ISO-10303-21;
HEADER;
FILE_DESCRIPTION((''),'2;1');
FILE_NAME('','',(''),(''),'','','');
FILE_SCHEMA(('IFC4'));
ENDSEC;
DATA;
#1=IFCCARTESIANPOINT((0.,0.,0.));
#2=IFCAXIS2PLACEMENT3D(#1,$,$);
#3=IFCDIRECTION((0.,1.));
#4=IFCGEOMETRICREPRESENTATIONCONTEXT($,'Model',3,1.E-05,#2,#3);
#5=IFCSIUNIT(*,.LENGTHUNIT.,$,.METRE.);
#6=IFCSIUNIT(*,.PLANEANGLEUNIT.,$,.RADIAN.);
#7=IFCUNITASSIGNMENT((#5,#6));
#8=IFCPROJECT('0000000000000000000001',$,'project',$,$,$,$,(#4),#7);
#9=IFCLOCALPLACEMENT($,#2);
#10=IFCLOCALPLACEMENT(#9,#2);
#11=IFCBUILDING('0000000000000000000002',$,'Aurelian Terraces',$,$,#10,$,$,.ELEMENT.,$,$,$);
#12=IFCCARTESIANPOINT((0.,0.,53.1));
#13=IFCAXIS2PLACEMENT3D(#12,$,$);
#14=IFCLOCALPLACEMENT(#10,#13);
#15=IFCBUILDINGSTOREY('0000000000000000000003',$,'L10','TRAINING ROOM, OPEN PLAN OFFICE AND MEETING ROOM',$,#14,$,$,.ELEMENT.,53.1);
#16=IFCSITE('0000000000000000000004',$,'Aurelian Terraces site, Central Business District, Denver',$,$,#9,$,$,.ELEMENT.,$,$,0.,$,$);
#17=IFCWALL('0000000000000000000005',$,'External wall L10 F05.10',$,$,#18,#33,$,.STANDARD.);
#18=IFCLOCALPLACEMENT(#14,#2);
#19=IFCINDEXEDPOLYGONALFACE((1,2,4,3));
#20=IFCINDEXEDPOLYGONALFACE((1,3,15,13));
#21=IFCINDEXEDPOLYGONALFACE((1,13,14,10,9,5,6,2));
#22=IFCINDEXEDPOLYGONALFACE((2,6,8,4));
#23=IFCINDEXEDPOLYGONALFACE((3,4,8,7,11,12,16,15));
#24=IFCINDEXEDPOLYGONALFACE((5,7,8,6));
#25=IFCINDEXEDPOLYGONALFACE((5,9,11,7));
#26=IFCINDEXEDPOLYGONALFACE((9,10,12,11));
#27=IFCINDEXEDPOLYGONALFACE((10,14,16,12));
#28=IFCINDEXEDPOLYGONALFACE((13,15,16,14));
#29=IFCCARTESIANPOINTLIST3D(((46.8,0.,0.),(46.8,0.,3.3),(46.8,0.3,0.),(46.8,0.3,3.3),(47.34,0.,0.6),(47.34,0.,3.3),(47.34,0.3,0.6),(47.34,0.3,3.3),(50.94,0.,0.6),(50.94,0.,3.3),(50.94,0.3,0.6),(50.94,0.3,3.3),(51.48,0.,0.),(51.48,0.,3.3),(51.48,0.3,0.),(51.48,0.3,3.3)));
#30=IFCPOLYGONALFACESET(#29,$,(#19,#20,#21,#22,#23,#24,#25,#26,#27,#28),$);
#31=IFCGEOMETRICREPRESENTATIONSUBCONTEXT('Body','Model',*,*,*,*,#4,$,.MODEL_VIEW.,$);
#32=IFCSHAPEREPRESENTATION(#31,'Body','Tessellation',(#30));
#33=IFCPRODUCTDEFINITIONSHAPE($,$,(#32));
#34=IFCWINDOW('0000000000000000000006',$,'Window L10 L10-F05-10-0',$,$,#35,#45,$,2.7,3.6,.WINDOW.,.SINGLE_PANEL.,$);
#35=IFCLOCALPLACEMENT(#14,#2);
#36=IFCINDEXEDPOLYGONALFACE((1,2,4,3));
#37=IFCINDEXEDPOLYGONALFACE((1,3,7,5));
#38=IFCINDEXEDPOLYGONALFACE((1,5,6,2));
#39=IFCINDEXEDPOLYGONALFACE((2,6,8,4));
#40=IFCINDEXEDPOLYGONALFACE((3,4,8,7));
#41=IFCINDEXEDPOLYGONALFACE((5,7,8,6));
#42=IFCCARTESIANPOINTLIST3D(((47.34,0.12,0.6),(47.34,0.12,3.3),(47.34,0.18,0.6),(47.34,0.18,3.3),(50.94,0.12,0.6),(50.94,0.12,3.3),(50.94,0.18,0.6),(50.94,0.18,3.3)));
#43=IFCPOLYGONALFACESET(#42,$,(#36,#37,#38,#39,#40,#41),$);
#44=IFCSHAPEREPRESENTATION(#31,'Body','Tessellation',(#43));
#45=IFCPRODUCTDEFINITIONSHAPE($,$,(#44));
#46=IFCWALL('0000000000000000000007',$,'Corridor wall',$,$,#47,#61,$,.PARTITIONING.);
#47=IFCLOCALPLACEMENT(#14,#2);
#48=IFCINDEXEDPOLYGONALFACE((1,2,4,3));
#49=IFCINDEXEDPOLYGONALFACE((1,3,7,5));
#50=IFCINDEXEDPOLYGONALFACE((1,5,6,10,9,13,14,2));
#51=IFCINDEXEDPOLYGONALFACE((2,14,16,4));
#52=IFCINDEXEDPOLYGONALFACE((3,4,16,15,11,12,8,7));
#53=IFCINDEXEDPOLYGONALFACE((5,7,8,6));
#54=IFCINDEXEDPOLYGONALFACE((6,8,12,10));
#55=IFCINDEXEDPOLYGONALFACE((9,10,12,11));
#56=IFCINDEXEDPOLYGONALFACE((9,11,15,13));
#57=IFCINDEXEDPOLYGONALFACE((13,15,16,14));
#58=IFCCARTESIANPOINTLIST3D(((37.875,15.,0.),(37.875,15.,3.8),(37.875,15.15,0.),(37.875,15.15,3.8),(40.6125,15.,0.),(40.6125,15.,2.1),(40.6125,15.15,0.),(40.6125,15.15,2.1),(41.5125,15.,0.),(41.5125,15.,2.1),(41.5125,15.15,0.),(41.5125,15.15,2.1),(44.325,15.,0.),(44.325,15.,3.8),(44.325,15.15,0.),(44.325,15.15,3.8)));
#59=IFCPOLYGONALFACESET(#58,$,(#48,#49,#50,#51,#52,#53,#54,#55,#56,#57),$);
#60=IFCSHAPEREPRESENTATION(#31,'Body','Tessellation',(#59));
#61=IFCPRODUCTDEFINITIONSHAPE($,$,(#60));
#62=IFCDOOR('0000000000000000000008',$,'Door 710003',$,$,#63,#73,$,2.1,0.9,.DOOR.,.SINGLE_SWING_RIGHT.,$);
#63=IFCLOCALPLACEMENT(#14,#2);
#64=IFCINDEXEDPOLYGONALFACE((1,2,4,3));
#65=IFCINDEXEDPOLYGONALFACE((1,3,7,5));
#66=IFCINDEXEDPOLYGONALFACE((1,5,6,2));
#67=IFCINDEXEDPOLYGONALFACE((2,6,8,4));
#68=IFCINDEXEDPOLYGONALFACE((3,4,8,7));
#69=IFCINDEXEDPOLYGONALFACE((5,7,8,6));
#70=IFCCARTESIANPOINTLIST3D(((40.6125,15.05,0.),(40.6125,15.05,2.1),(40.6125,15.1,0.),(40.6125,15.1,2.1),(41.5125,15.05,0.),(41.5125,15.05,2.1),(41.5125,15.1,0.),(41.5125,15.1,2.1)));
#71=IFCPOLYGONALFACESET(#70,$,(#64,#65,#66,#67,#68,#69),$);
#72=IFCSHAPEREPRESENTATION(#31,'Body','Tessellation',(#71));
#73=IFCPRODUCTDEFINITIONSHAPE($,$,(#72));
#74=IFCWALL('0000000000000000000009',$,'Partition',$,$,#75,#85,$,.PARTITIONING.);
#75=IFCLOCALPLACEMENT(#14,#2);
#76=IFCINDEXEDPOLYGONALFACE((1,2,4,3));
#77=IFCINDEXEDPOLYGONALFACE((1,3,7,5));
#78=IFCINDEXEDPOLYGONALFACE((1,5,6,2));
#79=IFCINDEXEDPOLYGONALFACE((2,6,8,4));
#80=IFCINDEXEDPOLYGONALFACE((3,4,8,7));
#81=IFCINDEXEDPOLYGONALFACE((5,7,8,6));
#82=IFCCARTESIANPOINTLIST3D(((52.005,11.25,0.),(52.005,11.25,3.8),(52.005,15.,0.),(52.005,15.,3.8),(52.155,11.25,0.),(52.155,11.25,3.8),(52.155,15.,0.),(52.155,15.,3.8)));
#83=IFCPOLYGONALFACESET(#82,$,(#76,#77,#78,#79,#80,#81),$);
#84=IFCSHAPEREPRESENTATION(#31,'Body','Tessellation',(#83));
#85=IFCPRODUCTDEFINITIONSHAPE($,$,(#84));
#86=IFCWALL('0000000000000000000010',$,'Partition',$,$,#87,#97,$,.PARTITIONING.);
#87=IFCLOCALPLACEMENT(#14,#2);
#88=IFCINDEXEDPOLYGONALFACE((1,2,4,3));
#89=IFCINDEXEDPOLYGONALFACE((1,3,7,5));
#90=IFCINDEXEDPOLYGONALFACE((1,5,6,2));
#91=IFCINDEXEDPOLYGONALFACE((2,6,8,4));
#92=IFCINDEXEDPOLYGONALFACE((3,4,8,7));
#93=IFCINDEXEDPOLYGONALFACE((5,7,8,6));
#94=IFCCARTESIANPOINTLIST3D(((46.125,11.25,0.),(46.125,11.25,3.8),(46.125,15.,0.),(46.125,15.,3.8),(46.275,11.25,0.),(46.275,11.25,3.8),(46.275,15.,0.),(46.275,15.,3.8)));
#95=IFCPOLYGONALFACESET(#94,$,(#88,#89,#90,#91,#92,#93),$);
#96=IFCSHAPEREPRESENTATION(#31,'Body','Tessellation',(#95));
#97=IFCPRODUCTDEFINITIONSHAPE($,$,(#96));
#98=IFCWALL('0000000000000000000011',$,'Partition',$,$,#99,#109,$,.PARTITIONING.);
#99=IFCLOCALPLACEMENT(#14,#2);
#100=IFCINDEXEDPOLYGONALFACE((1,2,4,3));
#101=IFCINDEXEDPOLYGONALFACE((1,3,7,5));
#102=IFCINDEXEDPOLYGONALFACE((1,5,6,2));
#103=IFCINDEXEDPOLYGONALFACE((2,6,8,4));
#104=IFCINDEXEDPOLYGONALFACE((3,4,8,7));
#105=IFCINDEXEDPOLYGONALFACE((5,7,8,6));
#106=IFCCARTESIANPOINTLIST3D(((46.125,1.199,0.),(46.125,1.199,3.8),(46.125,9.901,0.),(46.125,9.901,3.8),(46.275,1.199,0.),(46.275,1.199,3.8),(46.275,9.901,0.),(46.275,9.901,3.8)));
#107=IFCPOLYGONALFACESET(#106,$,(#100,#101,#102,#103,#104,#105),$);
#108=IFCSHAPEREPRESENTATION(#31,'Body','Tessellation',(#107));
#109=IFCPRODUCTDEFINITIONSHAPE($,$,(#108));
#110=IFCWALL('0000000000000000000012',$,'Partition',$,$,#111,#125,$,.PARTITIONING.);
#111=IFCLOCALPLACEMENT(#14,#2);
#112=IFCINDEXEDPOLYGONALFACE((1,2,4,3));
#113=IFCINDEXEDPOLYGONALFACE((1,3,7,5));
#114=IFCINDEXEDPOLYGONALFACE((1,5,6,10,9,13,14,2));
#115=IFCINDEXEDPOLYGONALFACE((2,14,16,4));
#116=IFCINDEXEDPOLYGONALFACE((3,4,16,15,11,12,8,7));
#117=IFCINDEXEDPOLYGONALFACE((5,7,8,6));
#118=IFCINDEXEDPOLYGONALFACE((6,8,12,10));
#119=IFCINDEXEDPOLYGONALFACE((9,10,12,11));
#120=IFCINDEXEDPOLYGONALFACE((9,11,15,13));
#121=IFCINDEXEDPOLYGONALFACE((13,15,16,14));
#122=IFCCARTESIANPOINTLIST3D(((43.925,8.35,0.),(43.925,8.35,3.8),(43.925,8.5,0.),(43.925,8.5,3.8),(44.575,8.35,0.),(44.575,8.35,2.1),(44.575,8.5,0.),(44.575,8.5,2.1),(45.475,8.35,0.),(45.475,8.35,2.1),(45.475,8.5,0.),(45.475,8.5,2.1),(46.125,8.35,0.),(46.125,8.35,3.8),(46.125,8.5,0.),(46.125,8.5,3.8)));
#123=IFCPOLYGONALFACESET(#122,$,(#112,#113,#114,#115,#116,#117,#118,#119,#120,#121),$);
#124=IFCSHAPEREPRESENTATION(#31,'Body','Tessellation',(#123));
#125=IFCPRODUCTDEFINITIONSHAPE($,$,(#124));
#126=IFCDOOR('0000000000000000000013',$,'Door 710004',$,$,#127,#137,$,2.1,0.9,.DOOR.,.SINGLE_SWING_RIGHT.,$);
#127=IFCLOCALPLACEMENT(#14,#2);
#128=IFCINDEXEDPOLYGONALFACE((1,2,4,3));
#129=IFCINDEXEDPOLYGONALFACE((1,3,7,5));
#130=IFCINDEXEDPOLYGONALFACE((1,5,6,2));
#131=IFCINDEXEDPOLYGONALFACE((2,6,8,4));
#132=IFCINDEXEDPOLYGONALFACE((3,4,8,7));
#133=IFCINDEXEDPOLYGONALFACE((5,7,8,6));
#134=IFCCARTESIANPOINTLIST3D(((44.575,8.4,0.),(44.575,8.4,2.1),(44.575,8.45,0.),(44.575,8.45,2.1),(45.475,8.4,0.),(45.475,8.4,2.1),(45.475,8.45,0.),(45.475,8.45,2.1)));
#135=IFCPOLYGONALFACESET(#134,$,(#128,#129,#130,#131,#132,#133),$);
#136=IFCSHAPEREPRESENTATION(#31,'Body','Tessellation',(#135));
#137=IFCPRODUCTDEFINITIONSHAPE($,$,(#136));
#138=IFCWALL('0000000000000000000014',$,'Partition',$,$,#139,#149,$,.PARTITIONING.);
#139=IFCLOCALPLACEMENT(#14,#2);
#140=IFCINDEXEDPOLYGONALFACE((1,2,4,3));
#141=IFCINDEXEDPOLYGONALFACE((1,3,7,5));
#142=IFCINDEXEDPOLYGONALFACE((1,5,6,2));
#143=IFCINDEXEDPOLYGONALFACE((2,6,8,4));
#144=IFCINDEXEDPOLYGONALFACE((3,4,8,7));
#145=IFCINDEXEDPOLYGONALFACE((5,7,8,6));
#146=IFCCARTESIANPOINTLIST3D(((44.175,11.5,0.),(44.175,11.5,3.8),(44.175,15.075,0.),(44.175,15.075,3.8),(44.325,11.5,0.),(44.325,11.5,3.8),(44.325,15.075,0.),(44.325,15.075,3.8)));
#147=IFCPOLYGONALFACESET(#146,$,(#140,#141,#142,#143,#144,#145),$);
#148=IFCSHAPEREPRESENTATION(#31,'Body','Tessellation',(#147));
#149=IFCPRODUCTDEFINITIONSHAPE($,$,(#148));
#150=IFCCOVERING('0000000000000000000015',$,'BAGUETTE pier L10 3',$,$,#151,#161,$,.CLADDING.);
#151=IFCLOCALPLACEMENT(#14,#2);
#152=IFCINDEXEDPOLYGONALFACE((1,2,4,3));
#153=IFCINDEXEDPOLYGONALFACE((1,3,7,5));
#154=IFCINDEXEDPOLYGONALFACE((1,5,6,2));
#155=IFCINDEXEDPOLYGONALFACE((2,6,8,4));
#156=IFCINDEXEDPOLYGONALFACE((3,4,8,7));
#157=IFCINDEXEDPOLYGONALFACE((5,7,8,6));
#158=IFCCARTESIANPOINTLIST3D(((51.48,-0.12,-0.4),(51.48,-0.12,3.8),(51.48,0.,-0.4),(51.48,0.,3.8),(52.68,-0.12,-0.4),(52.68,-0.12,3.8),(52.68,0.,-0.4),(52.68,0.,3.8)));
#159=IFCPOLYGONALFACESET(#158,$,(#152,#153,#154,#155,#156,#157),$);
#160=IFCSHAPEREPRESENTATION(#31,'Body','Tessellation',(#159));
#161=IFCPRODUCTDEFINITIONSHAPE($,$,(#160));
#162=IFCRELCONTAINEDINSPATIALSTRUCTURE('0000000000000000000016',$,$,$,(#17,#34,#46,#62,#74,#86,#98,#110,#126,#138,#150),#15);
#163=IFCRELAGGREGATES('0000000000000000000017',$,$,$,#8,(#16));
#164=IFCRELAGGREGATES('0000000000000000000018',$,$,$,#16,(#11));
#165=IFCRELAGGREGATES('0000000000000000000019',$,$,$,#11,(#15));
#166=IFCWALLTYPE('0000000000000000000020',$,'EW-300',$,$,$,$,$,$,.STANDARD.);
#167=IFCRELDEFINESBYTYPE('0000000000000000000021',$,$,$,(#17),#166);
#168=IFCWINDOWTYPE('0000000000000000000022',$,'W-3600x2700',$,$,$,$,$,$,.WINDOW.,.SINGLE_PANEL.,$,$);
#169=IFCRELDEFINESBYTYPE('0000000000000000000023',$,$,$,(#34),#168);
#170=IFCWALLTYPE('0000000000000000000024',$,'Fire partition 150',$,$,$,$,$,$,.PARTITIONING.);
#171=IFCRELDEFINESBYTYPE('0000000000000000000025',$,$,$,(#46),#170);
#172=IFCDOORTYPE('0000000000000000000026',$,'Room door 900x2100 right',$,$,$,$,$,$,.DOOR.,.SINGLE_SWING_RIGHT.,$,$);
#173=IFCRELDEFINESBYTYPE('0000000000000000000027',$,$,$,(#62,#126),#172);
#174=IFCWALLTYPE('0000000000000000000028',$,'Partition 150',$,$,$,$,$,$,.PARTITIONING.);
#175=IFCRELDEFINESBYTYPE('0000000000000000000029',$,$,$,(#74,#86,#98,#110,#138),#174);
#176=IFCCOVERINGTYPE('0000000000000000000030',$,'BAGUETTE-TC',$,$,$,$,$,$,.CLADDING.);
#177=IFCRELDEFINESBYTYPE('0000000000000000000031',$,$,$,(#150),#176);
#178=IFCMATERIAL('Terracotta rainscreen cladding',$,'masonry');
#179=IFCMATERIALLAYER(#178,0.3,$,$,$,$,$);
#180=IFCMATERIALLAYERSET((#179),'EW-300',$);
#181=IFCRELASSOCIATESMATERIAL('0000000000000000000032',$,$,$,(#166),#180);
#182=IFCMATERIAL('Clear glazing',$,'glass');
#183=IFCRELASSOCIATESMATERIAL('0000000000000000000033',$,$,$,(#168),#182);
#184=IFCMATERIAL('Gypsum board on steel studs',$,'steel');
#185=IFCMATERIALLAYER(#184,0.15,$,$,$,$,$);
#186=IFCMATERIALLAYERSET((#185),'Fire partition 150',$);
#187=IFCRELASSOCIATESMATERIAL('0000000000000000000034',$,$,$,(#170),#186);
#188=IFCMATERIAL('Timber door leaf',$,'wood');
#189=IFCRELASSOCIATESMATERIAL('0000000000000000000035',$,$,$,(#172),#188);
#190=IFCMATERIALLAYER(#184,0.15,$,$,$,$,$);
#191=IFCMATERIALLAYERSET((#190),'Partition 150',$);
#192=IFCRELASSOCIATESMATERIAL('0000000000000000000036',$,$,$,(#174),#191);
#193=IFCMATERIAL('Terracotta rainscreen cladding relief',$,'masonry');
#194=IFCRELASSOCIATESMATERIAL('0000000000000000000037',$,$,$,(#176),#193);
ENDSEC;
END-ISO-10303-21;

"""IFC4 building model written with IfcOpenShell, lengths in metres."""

from ifc_helpers import new_model, si_unit, direction, frame, frame_2d, origin, origin_2d, place, context, subcontext, project, spatial, rectangle, extrude, source, transform, mapped, material, layer, layer_set, type_object, element, fill, save


model = new_model("IFC4")

# Units and contexts
model_context = context("Model", 3, precision=1e-05, world=origin(), true_north=direction((0.0, 1.0)))
body_context = subcontext(model_context, "Body", "Model", "MODEL_VIEW")
ifc_project = project(units=[si_unit("LENGTHUNIT", "METRE"), si_unit("PLANEANGLEUNIT", "RADIAN")], contexts=[model_context])

# Site, building, storey
site_placement = place(None, origin())
site = spatial("IfcSite", under=ifc_project, at=site_placement, Name="Aurelian Terraces site, Central Business District, Denver", CompositionType="ELEMENT", RefElevation=0.0)
building_placement = place(site_placement, origin())
building = spatial("IfcBuilding", under=site, at=building_placement, Name="Aurelian Terraces", CompositionType="ELEMENT")
storey_placement = place(building_placement, frame((0.0, 0.0, 53.1)))
storey = spatial("IfcBuildingStorey", under=building, at=storey_placement, Name="L10", Description="TRAINING ROOM, OPEN PLAN OFFICE AND MEETING ROOM", CompositionType="ELEMENT", Elevation=53.1)

# Wall, opening, window
ifc_material_1 = material(Name="Terracotta rainscreen cladding", Category="masonry")
ifc_layer_1 = layer(ifc_material_1, 0.3)
ifc_layer_set_1 = layer_set([ifc_layer_1], Name="EW-300")
wall_type_1 = type_object("IfcWallType", Name="EW-300", PredefinedType="STANDARD", material=ifc_layer_set_1)
shared_shape_1 = source(origin(), body_context, "Body", "SweptSolid", [
    extrude(rectangle(XDim=3.6, YDim=2.7, at=frame_2d((1.8, 1.35))), frame((0.0, 0.16, 0.0), z_axis=(0.0, -1.0, 0.0), x_axis=(1.0, 0.0, 0.0)), (0.0, 0.0, 1.0), 0.32),
])
ifc_material_2 = material(Name="Clear glazing", Category="glass")
window_type = type_object("IfcWindowType", Name="W-3600x2700", PartitioningType="SINGLE_PANEL", PredefinedType="WINDOW", material=ifc_material_2)
shared_shape_2 = source(origin(), body_context, "Body", "SweptSolid", [
    extrude(rectangle(XDim=3.6, YDim=2.7, at=frame_2d((1.8, 1.35))), frame((0.0, 0.03, 0.0), z_axis=(0.0, -1.0, 0.0), x_axis=(1.0, 0.0, 0.0)), (0.0, 0.0, 1.0), 0.06),
])
shared_shape_3 = source(origin(), body_context, "Body", "SweptSolid", [
    extrude(rectangle(XDim=4.68, YDim=0.3, at=frame_2d((2.34, 0.0))), origin(), (0.0, 0.0, 1.0), 3.3),
])
wall_1_placement = place(storey_placement, frame((46.8, 0.15, 0.0), z_axis=(0.0, 0.0, 1.0), x_axis=(1.0, 0.0, 0.0)))
wall_1 = element("IfcWall", 1, at=wall_1_placement, inside=storey, type_object=wall_type_1, Name="External wall L10 F05.10", PredefinedType="STANDARD", context=body_context, shape_type="MappedRepresentation", body=[
    mapped(shared_shape_3, transform((0.0, 0.0, 0.0), scale=1.0)),
])
opening_1_placement = place(wall_1_placement, frame((0.54, 0.0, 0.6)))
opening_1 = element("IfcOpeningElement", 2, at=opening_1_placement, cuts=wall_1, PredefinedType="OPENING", context=body_context, shape_type="MappedRepresentation", body=[
    mapped(shared_shape_1, transform((0.0, 0.0, 0.0), scale=1.0)),
])
window_1_placement = place(opening_1_placement, origin())
window_1 = element("IfcWindow", 3, at=window_1_placement, inside=storey, type_object=window_type, Name="Window L10 L10-F05-10-0", OverallHeight=2.7, OverallWidth=3.6, PartitioningType="SINGLE_PANEL", PredefinedType="WINDOW", context=body_context, shape_type="MappedRepresentation", body=[
    mapped(shared_shape_2, transform((0.0, 0.0, 0.0), scale=1.0)),
])
fill(opening_1, window_1)

# Wall, opening, door
ifc_material_3 = material(Name="Gypsum board on steel studs", Category="steel")
ifc_layer_2 = layer(ifc_material_3, 0.15)
ifc_layer_set_2 = layer_set([ifc_layer_2], Name="Fire partition 150")
wall_type_2 = type_object("IfcWallType", Name="Fire partition 150", PredefinedType="PARTITIONING", material=ifc_layer_set_2)
shared_shape_4 = source(origin(), body_context, "Body", "SweptSolid", [
    extrude(rectangle(XDim=6.45, YDim=0.15, at=frame_2d((3.225, 0.0))), origin(), (0.0, 0.0, 1.0), 3.8),
])
wall_2_placement = place(storey_placement, frame((44.325, 15.075, 0.0), z_axis=(0.0, 0.0, 1.0), x_axis=(-1.0, 0.0, 0.0)))
wall_2 = element("IfcWall", 4, at=wall_2_placement, inside=storey, type_object=wall_type_2, Name="Corridor wall", PredefinedType="PARTITIONING", context=body_context, shape_type="MappedRepresentation", body=[
    mapped(shared_shape_4, transform((0.0, 0.0, 0.0), scale=1.0)),
])
shared_shape_5 = source(origin(), body_context, "Body", "SweptSolid", [
    extrude(rectangle(XDim=0.9, YDim=2.1, at=frame_2d((0.45, 1.05))), frame((0.0, 0.085, 0.0), z_axis=(0.0, -1.0, 0.0), x_axis=(1.0, 0.0, 0.0)), (0.0, 0.0, 1.0), 0.17),
])
opening_2_placement = place(wall_2_placement, frame((2.8125, 0.0, 0.0)))
opening_2 = element("IfcOpeningElement", 5, at=opening_2_placement, cuts=wall_2, PredefinedType="OPENING", context=body_context, shape_type="MappedRepresentation", body=[
    mapped(shared_shape_5, transform((0.0, 0.0, 0.0), scale=1.0)),
])
ifc_material_4 = material(Name="Timber door leaf", Category="wood")
door_type = type_object("IfcDoorType", Name="Room door 900x2100 right", OperationType="SINGLE_SWING_RIGHT", PredefinedType="DOOR", material=ifc_material_4)
shared_shape_6 = source(origin(), body_context, "Body", "SweptSolid", [
    extrude(rectangle(XDim=0.9, YDim=2.1, at=frame_2d((0.45, 1.05))), frame((0.0, 0.025, 0.0), z_axis=(0.0, -1.0, 0.0), x_axis=(1.0, 0.0, 0.0)), (0.0, 0.0, 1.0), 0.05),
])
door_1_placement = place(opening_2_placement, origin())
door_1 = element("IfcDoor", 6, at=door_1_placement, inside=storey, type_object=door_type, Name="Door 710003", OperationType="SINGLE_SWING_RIGHT", OverallHeight=2.1, OverallWidth=0.9, PredefinedType="DOOR", context=body_context, shape_type="MappedRepresentation", body=[
    mapped(shared_shape_6, transform((0.0, 0.0, 0.0), scale=1.0)),
])
fill(opening_2, door_1)

# Walls
ifc_layer_3 = layer(ifc_material_3, 0.15)
ifc_layer_set_3 = layer_set([ifc_layer_3], Name="Partition 150")
wall_type_3 = type_object("IfcWallType", Name="Partition 150", PredefinedType="PARTITIONING", material=ifc_layer_set_3)
shared_shape_7 = source(origin(), body_context, "Body", "SweptSolid", [
    extrude(rectangle(XDim=3.75, YDim=0.15, at=frame_2d((1.875, 0.0))), origin(), (0.0, 0.0, 1.0), 3.8),
])
for number, where, z_axis, x_axis, name in (
    (7, (52.08, 11.25, 0.0), (0.0, 0.0, 1.0), (0.0, 1.0, 0.0), "Partition"),
    (8, (46.2, 11.25, 0.0), (0.0, 0.0, 1.0), (0.0, 1.0, 0.0), "Partition"),
):
    element("IfcWall", number, at=place(storey_placement, frame(where, z_axis=z_axis, x_axis=x_axis)), inside=storey, type_object=wall_type_3, Name=name, PredefinedType="PARTITIONING", context=body_context, shape_type="MappedRepresentation", body=[
        mapped(shared_shape_7, transform((0.0, 0.0, 0.0), scale=1.0)),
    ])
shared_shape_8 = source(origin(), body_context, "Body", "SweptSolid", [
    extrude(rectangle(XDim=8.702, YDim=0.15, at=frame_2d((4.351, 0.0))), origin(), (0.0, 0.0, 1.0), 3.8),
])
wall_3_placement = place(storey_placement, frame((46.2, 1.199, 0.0), z_axis=(0.0, 0.0, 1.0), x_axis=(0.0, 1.0, 0.0)))
element("IfcWall", 9, at=wall_3_placement, inside=storey, type_object=wall_type_3, Name="Partition", PredefinedType="PARTITIONING", context=body_context, shape_type="MappedRepresentation", body=[
    mapped(shared_shape_8, transform((0.0, 0.0, 0.0), scale=1.0)),
])

# Wall, opening, door
shared_shape_9 = source(origin(), body_context, "Body", "SweptSolid", [
    extrude(rectangle(XDim=2.2, YDim=0.15, at=frame_2d((1.1, 0.0))), origin(), (0.0, 0.0, 1.0), 3.8),
])
wall_4_placement = place(storey_placement, frame((46.125, 8.425, 0.0), z_axis=(0.0, 0.0, 1.0), x_axis=(-1.0, 0.0, 0.0)))
wall_4 = element("IfcWall", 10, at=wall_4_placement, inside=storey, type_object=wall_type_3, Name="Partition", PredefinedType="PARTITIONING", context=body_context, shape_type="MappedRepresentation", body=[
    mapped(shared_shape_9, transform((0.0, 0.0, 0.0), scale=1.0)),
])
opening_3_placement = place(wall_4_placement, frame((0.65, 0.0, 0.0)))
opening_3 = element("IfcOpeningElement", 11, at=opening_3_placement, cuts=wall_4, PredefinedType="OPENING", context=body_context, shape_type="MappedRepresentation", body=[
    mapped(shared_shape_5, transform((0.0, 0.0, 0.0), scale=1.0)),
])
door_2_placement = place(opening_3_placement, origin())
door_2 = element("IfcDoor", 12, at=door_2_placement, inside=storey, type_object=door_type, Name="Door 710004", OperationType="SINGLE_SWING_RIGHT", OverallHeight=2.1, OverallWidth=0.9, PredefinedType="DOOR", context=body_context, shape_type="MappedRepresentation", body=[
    mapped(shared_shape_6, transform((0.0, 0.0, 0.0), scale=1.0)),
])
fill(opening_3, door_2)

# Wall
shared_shape_10 = source(origin(), body_context, "Body", "SweptSolid", [
    extrude(rectangle(XDim=3.575, YDim=0.15, at=frame_2d((1.7875, 0.0))), origin(), (0.0, 0.0, 1.0), 3.8),
])
wall_5_placement = place(storey_placement, frame((44.25, 11.5, 0.0), z_axis=(0.0, 0.0, 1.0), x_axis=(0.0, 1.0, 0.0)))
element("IfcWall", 13, at=wall_5_placement, inside=storey, type_object=wall_type_3, Name="Partition", PredefinedType="PARTITIONING", context=body_context, shape_type="MappedRepresentation", body=[
    mapped(shared_shape_10, transform((0.0, 0.0, 0.0), scale=1.0)),
])

# Covering
ifc_material_5 = material(Name="Terracotta rainscreen cladding relief", Category="masonry")
covering_type = type_object("IfcCoveringType", Name="BAGUETTE-TC", PredefinedType="CLADDING", material=ifc_material_5)
shared_shape_11 = source(origin(), body_context, "Body", "SweptSolid", [
    extrude(rectangle(XDim=1.2, YDim=0.12, at=origin_2d()), origin(), (0.0, 0.0, 1.0), 4.2),
])
covering_placement = place(storey_placement, frame((52.08, -0.06, -0.4), z_axis=(0.0, 0.0, 1.0), x_axis=(1.0, 0.0, 0.0)))
element("IfcCovering", 14, at=covering_placement, inside=storey, type_object=covering_type, Name="BAGUETTE pier L10 3", PredefinedType="CLADDING", context=body_context, shape_type="MappedRepresentation", body=[
    mapped(shared_shape_11, transform((0.0, 0.0, 0.0), scale=1.0)),
])

save(model, "model.ifc")
